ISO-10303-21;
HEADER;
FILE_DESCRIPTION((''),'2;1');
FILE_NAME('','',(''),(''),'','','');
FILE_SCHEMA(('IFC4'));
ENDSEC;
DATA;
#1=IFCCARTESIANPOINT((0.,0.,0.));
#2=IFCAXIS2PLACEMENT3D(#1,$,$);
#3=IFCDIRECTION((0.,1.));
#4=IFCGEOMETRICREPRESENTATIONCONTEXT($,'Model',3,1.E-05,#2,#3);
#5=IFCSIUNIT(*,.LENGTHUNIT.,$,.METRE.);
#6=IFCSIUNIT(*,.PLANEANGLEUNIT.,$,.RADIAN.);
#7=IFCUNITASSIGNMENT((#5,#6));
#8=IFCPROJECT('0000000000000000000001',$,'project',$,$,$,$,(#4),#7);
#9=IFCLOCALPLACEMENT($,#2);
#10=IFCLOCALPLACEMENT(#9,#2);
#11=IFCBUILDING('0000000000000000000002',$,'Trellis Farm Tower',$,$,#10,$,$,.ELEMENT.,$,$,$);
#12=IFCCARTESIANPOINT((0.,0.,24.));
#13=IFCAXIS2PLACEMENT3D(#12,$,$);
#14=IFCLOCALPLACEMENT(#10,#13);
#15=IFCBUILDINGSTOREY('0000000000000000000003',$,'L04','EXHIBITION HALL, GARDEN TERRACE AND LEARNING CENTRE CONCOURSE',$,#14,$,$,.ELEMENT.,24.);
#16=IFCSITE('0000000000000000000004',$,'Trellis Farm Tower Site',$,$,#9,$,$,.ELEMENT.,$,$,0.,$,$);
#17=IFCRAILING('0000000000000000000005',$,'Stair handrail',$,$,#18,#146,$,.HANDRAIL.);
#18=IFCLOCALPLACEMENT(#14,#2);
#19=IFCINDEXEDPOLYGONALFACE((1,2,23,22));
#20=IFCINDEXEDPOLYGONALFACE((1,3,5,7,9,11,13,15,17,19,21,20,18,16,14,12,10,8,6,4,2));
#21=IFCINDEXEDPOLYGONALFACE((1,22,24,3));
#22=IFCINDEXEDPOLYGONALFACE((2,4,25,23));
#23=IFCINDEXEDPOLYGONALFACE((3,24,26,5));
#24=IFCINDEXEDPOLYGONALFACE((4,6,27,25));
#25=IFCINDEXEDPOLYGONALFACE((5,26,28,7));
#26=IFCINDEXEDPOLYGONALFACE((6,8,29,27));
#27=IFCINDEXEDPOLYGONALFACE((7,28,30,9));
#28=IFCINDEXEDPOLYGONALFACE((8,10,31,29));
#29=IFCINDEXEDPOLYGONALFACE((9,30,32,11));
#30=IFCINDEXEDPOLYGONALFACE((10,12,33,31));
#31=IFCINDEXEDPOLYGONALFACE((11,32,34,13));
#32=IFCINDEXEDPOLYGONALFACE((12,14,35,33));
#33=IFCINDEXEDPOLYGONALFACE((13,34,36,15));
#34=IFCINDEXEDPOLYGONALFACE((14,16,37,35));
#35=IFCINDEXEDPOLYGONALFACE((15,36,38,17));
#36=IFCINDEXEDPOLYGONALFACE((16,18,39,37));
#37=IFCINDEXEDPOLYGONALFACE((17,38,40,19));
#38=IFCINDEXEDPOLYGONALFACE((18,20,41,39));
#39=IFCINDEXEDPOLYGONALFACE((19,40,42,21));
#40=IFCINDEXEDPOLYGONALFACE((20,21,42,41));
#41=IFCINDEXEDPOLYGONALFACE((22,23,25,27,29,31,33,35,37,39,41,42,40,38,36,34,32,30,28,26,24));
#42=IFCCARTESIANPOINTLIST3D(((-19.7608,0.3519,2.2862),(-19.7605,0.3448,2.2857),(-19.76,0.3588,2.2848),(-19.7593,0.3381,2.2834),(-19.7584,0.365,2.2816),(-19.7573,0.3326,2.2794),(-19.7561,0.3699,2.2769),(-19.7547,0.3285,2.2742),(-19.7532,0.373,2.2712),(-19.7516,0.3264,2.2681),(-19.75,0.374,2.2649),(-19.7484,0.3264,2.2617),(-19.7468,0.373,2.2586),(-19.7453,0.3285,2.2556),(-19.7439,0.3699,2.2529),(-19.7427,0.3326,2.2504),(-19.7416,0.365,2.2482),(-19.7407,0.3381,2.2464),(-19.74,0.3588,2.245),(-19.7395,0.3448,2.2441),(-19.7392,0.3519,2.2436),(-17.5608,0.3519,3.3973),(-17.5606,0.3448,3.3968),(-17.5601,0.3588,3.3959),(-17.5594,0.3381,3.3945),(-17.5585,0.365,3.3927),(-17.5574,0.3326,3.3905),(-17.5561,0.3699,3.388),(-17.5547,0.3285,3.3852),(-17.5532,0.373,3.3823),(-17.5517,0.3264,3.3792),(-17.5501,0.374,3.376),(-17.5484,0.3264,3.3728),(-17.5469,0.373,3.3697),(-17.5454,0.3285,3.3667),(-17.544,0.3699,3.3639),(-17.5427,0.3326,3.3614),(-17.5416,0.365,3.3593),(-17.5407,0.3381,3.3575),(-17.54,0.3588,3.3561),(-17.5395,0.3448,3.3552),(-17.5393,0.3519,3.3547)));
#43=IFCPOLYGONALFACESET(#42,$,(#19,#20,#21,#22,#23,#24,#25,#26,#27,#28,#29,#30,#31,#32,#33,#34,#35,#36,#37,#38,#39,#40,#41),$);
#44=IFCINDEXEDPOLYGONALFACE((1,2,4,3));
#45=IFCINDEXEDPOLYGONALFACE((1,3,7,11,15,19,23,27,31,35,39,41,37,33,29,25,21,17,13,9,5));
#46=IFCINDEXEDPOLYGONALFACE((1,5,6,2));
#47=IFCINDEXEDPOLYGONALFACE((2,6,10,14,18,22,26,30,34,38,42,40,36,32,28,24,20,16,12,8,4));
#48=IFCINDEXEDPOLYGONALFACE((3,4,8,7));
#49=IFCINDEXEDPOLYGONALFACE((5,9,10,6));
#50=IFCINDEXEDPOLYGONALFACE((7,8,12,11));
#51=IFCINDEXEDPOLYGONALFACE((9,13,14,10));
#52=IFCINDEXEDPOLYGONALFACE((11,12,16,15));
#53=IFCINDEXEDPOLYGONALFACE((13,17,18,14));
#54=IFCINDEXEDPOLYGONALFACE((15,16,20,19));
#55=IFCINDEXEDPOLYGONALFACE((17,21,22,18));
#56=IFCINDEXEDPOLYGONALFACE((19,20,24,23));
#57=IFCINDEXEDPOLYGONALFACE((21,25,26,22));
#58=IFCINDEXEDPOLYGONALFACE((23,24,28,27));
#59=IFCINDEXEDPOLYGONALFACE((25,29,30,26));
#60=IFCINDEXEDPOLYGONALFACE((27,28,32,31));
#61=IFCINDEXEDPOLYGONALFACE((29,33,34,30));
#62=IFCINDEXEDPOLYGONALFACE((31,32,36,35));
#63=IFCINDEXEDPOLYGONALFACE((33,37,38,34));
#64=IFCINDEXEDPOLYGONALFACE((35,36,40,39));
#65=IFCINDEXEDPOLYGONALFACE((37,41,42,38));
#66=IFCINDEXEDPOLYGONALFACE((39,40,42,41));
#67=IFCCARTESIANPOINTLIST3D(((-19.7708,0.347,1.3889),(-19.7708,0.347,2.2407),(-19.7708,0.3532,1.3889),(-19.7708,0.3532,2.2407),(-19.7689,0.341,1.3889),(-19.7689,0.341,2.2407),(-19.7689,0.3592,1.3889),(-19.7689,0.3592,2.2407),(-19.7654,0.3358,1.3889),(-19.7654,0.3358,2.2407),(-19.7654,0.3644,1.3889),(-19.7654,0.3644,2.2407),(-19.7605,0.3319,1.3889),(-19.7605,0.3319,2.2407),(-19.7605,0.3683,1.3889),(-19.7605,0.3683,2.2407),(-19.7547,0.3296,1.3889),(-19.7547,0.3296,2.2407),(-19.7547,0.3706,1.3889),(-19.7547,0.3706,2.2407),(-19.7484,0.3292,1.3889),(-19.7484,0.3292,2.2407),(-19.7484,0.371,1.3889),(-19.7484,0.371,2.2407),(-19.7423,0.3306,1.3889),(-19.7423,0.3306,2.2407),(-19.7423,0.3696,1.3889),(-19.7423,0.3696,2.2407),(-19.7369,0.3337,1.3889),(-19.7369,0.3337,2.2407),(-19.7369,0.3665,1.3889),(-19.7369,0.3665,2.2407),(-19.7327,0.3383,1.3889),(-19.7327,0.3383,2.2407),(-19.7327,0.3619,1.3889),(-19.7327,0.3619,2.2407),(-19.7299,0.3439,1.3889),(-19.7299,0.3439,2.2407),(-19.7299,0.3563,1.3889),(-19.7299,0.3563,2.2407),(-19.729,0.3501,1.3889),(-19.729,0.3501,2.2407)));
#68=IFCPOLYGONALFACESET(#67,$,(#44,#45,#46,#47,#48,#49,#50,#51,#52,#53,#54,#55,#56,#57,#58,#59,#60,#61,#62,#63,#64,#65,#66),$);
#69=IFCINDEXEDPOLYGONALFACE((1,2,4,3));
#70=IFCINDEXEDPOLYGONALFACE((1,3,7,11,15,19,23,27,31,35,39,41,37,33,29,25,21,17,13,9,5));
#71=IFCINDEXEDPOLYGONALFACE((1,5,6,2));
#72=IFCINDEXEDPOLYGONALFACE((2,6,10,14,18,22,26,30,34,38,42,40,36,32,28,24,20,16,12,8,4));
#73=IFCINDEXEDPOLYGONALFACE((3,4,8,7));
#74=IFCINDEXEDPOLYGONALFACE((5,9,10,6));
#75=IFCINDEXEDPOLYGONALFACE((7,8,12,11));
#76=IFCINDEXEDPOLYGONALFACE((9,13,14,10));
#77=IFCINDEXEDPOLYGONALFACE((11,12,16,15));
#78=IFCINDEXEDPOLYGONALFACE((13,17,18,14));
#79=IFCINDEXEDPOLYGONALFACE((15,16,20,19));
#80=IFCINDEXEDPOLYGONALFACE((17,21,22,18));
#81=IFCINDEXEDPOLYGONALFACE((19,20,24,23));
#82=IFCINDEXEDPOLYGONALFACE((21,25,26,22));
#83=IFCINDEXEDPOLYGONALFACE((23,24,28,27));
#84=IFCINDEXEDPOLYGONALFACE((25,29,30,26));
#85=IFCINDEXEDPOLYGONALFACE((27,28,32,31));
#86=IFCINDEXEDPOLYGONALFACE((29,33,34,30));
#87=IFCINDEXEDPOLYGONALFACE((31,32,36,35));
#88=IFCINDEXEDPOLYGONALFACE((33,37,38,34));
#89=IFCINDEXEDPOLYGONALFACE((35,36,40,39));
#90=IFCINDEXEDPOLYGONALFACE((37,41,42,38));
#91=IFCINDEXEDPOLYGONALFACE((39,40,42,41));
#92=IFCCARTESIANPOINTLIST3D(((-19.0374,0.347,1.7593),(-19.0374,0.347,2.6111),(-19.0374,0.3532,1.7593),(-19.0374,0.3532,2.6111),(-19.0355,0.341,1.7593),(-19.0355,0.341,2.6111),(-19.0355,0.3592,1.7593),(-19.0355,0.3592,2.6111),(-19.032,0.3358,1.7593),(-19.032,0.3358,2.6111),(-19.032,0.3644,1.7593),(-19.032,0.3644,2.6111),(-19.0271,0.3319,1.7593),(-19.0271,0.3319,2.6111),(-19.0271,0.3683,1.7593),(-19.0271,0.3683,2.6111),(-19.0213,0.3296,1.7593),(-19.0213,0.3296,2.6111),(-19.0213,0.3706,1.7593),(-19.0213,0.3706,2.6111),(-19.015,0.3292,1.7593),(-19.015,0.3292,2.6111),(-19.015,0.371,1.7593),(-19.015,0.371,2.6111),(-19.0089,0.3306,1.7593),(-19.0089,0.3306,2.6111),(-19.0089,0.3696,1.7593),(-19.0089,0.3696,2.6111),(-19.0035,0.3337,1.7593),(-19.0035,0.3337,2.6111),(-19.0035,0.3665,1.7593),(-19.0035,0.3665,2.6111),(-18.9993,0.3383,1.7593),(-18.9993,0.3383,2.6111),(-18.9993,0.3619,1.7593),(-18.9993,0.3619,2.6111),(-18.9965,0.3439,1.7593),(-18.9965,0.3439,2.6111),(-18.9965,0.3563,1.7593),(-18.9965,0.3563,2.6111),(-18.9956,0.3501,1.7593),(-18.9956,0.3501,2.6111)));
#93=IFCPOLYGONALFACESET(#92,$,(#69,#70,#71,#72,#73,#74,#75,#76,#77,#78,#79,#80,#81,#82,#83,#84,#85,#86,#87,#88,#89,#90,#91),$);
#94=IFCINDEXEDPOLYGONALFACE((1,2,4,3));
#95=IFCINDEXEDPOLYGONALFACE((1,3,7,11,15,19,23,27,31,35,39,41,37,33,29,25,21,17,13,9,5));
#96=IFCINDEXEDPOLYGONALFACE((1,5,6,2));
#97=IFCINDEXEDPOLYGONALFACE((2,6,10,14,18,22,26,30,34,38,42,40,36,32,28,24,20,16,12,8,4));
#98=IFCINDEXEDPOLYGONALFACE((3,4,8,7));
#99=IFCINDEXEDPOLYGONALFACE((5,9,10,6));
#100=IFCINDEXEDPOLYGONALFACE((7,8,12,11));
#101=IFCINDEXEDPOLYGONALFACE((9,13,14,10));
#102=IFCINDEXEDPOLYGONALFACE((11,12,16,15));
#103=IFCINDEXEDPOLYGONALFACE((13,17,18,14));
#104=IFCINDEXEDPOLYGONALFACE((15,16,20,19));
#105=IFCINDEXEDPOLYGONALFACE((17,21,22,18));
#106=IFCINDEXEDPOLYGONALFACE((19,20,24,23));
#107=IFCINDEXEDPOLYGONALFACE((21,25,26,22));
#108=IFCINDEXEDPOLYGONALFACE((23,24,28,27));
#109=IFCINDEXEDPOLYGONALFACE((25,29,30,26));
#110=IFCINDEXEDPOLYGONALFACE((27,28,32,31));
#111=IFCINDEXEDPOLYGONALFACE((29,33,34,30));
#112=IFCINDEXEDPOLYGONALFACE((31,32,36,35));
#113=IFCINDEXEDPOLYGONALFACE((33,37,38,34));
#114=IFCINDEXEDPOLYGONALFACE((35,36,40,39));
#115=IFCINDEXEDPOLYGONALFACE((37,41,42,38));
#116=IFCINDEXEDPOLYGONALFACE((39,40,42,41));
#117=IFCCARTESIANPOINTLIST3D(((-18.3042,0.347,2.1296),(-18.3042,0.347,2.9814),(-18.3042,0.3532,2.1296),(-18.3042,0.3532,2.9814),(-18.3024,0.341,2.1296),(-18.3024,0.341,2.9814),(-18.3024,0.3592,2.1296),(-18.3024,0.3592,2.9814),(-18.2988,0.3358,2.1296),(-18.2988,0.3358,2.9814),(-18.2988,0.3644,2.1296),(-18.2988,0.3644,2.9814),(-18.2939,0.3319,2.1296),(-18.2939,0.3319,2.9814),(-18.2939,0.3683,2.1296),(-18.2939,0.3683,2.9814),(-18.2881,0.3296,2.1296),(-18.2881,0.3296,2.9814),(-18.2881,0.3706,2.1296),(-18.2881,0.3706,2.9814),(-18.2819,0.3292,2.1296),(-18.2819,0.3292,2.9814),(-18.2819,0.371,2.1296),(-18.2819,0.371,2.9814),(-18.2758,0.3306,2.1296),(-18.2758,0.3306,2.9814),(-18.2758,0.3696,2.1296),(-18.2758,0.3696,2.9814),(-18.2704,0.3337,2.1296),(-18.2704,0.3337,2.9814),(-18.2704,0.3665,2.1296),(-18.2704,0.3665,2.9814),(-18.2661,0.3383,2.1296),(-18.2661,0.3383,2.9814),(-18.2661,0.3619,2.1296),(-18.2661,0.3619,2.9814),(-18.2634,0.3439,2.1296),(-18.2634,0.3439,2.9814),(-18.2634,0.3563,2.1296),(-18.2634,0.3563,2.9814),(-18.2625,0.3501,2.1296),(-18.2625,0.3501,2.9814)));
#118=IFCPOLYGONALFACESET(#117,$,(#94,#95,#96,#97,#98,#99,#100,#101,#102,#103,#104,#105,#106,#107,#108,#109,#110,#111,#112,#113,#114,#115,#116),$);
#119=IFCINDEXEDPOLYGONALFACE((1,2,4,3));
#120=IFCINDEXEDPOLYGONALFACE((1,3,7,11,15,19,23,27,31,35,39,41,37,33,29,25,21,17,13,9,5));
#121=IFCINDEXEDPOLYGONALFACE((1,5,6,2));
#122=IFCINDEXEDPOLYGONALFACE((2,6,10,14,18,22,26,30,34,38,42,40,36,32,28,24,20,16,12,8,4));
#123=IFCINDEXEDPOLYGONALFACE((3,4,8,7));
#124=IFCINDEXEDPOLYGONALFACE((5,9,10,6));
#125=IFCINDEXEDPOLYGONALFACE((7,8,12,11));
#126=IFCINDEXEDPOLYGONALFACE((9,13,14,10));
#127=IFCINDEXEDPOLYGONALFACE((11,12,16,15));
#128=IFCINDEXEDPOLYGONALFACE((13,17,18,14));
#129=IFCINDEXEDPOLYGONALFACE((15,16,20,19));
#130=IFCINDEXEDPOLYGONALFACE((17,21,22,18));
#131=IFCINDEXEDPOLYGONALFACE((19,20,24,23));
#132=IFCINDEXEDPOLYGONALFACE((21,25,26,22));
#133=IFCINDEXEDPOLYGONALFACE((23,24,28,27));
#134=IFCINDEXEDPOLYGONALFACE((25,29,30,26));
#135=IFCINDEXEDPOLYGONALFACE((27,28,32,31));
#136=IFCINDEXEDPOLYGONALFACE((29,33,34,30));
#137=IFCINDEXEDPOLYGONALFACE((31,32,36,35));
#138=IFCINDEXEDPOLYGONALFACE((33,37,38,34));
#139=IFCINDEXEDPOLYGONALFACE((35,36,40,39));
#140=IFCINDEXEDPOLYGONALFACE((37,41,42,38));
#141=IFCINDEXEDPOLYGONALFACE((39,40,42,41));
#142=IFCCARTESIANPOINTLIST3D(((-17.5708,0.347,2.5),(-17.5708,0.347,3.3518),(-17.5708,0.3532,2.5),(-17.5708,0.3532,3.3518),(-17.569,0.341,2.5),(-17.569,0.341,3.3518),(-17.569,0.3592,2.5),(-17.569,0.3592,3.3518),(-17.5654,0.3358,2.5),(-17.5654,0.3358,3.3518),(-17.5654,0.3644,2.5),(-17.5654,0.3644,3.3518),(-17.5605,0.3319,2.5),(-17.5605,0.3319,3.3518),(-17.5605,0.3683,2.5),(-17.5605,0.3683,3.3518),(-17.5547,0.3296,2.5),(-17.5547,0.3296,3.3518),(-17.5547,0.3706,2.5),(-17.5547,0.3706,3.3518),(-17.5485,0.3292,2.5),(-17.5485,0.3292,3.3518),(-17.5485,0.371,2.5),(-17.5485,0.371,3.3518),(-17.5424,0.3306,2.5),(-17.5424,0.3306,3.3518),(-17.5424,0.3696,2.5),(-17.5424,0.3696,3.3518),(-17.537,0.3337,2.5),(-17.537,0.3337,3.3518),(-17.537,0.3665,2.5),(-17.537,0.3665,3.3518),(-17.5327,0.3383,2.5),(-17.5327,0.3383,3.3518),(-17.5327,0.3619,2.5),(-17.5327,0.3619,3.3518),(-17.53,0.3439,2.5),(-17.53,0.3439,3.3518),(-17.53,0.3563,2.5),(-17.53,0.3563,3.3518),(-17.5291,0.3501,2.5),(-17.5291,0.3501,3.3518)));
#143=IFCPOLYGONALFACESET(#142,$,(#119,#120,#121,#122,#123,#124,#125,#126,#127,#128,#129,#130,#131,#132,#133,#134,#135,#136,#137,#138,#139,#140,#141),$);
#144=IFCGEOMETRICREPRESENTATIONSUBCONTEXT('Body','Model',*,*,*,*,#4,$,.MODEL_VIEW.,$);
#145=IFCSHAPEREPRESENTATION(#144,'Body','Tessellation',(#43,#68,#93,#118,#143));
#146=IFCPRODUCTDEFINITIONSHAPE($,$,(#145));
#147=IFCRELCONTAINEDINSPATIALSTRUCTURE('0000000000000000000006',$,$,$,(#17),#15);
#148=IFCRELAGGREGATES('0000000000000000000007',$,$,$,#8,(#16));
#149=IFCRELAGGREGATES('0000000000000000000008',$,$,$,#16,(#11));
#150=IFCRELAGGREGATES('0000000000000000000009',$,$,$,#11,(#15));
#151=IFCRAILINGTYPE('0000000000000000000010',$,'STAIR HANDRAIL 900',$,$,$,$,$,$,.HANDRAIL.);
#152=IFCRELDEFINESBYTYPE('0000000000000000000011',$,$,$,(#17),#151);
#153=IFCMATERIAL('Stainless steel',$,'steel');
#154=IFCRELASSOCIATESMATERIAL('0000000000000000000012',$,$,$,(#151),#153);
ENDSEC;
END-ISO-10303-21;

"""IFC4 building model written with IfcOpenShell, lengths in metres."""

from ifc_helpers import new_model, si_unit, direction, frame, origin, origin_2d, place, context, subcontext, project, spatial, circle, extrude, source, transform, mapped, material, type_object, element, save


model = new_model("IFC4")

# Units and contexts
model_context = context("Model", 3, precision=1e-05, world=origin(), true_north=direction((0.0, 1.0)))
body_context = subcontext(model_context, "Body", "Model", "MODEL_VIEW")
ifc_project = project(units=[si_unit("LENGTHUNIT", "METRE"), si_unit("PLANEANGLEUNIT", "RADIAN")], contexts=[model_context])

# Site, building, storey
site_placement = place(None, origin())
site = spatial("IfcSite", under=ifc_project, at=site_placement, Name="Trellis Farm Tower Site", CompositionType="ELEMENT", RefElevation=0.0)
building_placement = place(site_placement, origin())
building = spatial("IfcBuilding", under=site, at=building_placement, Name="Trellis Farm Tower", CompositionType="ELEMENT")
storey_placement = place(building_placement, frame((0.0, 0.0, 24.0)))
storey = spatial("IfcBuildingStorey", under=building, at=storey_placement, Name="L04", Description="EXHIBITION HALL, GARDEN TERRACE AND LEARNING CENTRE CONCOURSE", CompositionType="ELEMENT", Elevation=24.0)

# Railing
ifc_material_1 = material(Name="Stainless steel", Category="steel")
railing_type = type_object("IfcRailingType", Name="STAIR HANDRAIL 900", PredefinedType="HANDRAIL", material=ifc_material_1)
shared_shape_1 = source(origin(), body_context, "Body", "SweptSolid", [
    extrude(circle(Radius=0.0239, at=origin_2d()), frame((0.0, 0.0, 0.876), z_axis=(0.892617, 0.0, 0.450816), x_axis=(0.0, 1.0, 0.0)), (0.0, 0.0, 1.0), 2.4646),
    extrude(circle(Radius=0.021, at=origin_2d()), origin(), (0.0, 0.0, 1.0), 0.8518),
    extrude(circle(Radius=0.021, at=origin_2d()), frame((0.7334, 0.0, 0.3704)), (0.0, 0.0, 1.0), 0.8518),
    extrude(circle(Radius=0.021, at=origin_2d()), frame((1.4666, 0.0, 0.7407)), (0.0, 0.0, 1.0), 0.8518),
    extrude(circle(Radius=0.021, at=origin_2d()), frame((2.2, 0.0, 1.1111)), (0.0, 0.0, 1.0), 0.8518),
])
for number, where, name in (
    (1, (-19.75, 0.3501, 1.3889), "Stair handrail"),
):
    element("IfcRailing", number, at=place(storey_placement, frame(where)), inside=storey, type_object=railing_type, Name=name, PredefinedType="HANDRAIL", context=body_context, shape_type="MappedRepresentation", body=[
        mapped(shared_shape_1, transform((0.0, 0.0, 0.0))),
    ])

save(model, "model.ifc")
